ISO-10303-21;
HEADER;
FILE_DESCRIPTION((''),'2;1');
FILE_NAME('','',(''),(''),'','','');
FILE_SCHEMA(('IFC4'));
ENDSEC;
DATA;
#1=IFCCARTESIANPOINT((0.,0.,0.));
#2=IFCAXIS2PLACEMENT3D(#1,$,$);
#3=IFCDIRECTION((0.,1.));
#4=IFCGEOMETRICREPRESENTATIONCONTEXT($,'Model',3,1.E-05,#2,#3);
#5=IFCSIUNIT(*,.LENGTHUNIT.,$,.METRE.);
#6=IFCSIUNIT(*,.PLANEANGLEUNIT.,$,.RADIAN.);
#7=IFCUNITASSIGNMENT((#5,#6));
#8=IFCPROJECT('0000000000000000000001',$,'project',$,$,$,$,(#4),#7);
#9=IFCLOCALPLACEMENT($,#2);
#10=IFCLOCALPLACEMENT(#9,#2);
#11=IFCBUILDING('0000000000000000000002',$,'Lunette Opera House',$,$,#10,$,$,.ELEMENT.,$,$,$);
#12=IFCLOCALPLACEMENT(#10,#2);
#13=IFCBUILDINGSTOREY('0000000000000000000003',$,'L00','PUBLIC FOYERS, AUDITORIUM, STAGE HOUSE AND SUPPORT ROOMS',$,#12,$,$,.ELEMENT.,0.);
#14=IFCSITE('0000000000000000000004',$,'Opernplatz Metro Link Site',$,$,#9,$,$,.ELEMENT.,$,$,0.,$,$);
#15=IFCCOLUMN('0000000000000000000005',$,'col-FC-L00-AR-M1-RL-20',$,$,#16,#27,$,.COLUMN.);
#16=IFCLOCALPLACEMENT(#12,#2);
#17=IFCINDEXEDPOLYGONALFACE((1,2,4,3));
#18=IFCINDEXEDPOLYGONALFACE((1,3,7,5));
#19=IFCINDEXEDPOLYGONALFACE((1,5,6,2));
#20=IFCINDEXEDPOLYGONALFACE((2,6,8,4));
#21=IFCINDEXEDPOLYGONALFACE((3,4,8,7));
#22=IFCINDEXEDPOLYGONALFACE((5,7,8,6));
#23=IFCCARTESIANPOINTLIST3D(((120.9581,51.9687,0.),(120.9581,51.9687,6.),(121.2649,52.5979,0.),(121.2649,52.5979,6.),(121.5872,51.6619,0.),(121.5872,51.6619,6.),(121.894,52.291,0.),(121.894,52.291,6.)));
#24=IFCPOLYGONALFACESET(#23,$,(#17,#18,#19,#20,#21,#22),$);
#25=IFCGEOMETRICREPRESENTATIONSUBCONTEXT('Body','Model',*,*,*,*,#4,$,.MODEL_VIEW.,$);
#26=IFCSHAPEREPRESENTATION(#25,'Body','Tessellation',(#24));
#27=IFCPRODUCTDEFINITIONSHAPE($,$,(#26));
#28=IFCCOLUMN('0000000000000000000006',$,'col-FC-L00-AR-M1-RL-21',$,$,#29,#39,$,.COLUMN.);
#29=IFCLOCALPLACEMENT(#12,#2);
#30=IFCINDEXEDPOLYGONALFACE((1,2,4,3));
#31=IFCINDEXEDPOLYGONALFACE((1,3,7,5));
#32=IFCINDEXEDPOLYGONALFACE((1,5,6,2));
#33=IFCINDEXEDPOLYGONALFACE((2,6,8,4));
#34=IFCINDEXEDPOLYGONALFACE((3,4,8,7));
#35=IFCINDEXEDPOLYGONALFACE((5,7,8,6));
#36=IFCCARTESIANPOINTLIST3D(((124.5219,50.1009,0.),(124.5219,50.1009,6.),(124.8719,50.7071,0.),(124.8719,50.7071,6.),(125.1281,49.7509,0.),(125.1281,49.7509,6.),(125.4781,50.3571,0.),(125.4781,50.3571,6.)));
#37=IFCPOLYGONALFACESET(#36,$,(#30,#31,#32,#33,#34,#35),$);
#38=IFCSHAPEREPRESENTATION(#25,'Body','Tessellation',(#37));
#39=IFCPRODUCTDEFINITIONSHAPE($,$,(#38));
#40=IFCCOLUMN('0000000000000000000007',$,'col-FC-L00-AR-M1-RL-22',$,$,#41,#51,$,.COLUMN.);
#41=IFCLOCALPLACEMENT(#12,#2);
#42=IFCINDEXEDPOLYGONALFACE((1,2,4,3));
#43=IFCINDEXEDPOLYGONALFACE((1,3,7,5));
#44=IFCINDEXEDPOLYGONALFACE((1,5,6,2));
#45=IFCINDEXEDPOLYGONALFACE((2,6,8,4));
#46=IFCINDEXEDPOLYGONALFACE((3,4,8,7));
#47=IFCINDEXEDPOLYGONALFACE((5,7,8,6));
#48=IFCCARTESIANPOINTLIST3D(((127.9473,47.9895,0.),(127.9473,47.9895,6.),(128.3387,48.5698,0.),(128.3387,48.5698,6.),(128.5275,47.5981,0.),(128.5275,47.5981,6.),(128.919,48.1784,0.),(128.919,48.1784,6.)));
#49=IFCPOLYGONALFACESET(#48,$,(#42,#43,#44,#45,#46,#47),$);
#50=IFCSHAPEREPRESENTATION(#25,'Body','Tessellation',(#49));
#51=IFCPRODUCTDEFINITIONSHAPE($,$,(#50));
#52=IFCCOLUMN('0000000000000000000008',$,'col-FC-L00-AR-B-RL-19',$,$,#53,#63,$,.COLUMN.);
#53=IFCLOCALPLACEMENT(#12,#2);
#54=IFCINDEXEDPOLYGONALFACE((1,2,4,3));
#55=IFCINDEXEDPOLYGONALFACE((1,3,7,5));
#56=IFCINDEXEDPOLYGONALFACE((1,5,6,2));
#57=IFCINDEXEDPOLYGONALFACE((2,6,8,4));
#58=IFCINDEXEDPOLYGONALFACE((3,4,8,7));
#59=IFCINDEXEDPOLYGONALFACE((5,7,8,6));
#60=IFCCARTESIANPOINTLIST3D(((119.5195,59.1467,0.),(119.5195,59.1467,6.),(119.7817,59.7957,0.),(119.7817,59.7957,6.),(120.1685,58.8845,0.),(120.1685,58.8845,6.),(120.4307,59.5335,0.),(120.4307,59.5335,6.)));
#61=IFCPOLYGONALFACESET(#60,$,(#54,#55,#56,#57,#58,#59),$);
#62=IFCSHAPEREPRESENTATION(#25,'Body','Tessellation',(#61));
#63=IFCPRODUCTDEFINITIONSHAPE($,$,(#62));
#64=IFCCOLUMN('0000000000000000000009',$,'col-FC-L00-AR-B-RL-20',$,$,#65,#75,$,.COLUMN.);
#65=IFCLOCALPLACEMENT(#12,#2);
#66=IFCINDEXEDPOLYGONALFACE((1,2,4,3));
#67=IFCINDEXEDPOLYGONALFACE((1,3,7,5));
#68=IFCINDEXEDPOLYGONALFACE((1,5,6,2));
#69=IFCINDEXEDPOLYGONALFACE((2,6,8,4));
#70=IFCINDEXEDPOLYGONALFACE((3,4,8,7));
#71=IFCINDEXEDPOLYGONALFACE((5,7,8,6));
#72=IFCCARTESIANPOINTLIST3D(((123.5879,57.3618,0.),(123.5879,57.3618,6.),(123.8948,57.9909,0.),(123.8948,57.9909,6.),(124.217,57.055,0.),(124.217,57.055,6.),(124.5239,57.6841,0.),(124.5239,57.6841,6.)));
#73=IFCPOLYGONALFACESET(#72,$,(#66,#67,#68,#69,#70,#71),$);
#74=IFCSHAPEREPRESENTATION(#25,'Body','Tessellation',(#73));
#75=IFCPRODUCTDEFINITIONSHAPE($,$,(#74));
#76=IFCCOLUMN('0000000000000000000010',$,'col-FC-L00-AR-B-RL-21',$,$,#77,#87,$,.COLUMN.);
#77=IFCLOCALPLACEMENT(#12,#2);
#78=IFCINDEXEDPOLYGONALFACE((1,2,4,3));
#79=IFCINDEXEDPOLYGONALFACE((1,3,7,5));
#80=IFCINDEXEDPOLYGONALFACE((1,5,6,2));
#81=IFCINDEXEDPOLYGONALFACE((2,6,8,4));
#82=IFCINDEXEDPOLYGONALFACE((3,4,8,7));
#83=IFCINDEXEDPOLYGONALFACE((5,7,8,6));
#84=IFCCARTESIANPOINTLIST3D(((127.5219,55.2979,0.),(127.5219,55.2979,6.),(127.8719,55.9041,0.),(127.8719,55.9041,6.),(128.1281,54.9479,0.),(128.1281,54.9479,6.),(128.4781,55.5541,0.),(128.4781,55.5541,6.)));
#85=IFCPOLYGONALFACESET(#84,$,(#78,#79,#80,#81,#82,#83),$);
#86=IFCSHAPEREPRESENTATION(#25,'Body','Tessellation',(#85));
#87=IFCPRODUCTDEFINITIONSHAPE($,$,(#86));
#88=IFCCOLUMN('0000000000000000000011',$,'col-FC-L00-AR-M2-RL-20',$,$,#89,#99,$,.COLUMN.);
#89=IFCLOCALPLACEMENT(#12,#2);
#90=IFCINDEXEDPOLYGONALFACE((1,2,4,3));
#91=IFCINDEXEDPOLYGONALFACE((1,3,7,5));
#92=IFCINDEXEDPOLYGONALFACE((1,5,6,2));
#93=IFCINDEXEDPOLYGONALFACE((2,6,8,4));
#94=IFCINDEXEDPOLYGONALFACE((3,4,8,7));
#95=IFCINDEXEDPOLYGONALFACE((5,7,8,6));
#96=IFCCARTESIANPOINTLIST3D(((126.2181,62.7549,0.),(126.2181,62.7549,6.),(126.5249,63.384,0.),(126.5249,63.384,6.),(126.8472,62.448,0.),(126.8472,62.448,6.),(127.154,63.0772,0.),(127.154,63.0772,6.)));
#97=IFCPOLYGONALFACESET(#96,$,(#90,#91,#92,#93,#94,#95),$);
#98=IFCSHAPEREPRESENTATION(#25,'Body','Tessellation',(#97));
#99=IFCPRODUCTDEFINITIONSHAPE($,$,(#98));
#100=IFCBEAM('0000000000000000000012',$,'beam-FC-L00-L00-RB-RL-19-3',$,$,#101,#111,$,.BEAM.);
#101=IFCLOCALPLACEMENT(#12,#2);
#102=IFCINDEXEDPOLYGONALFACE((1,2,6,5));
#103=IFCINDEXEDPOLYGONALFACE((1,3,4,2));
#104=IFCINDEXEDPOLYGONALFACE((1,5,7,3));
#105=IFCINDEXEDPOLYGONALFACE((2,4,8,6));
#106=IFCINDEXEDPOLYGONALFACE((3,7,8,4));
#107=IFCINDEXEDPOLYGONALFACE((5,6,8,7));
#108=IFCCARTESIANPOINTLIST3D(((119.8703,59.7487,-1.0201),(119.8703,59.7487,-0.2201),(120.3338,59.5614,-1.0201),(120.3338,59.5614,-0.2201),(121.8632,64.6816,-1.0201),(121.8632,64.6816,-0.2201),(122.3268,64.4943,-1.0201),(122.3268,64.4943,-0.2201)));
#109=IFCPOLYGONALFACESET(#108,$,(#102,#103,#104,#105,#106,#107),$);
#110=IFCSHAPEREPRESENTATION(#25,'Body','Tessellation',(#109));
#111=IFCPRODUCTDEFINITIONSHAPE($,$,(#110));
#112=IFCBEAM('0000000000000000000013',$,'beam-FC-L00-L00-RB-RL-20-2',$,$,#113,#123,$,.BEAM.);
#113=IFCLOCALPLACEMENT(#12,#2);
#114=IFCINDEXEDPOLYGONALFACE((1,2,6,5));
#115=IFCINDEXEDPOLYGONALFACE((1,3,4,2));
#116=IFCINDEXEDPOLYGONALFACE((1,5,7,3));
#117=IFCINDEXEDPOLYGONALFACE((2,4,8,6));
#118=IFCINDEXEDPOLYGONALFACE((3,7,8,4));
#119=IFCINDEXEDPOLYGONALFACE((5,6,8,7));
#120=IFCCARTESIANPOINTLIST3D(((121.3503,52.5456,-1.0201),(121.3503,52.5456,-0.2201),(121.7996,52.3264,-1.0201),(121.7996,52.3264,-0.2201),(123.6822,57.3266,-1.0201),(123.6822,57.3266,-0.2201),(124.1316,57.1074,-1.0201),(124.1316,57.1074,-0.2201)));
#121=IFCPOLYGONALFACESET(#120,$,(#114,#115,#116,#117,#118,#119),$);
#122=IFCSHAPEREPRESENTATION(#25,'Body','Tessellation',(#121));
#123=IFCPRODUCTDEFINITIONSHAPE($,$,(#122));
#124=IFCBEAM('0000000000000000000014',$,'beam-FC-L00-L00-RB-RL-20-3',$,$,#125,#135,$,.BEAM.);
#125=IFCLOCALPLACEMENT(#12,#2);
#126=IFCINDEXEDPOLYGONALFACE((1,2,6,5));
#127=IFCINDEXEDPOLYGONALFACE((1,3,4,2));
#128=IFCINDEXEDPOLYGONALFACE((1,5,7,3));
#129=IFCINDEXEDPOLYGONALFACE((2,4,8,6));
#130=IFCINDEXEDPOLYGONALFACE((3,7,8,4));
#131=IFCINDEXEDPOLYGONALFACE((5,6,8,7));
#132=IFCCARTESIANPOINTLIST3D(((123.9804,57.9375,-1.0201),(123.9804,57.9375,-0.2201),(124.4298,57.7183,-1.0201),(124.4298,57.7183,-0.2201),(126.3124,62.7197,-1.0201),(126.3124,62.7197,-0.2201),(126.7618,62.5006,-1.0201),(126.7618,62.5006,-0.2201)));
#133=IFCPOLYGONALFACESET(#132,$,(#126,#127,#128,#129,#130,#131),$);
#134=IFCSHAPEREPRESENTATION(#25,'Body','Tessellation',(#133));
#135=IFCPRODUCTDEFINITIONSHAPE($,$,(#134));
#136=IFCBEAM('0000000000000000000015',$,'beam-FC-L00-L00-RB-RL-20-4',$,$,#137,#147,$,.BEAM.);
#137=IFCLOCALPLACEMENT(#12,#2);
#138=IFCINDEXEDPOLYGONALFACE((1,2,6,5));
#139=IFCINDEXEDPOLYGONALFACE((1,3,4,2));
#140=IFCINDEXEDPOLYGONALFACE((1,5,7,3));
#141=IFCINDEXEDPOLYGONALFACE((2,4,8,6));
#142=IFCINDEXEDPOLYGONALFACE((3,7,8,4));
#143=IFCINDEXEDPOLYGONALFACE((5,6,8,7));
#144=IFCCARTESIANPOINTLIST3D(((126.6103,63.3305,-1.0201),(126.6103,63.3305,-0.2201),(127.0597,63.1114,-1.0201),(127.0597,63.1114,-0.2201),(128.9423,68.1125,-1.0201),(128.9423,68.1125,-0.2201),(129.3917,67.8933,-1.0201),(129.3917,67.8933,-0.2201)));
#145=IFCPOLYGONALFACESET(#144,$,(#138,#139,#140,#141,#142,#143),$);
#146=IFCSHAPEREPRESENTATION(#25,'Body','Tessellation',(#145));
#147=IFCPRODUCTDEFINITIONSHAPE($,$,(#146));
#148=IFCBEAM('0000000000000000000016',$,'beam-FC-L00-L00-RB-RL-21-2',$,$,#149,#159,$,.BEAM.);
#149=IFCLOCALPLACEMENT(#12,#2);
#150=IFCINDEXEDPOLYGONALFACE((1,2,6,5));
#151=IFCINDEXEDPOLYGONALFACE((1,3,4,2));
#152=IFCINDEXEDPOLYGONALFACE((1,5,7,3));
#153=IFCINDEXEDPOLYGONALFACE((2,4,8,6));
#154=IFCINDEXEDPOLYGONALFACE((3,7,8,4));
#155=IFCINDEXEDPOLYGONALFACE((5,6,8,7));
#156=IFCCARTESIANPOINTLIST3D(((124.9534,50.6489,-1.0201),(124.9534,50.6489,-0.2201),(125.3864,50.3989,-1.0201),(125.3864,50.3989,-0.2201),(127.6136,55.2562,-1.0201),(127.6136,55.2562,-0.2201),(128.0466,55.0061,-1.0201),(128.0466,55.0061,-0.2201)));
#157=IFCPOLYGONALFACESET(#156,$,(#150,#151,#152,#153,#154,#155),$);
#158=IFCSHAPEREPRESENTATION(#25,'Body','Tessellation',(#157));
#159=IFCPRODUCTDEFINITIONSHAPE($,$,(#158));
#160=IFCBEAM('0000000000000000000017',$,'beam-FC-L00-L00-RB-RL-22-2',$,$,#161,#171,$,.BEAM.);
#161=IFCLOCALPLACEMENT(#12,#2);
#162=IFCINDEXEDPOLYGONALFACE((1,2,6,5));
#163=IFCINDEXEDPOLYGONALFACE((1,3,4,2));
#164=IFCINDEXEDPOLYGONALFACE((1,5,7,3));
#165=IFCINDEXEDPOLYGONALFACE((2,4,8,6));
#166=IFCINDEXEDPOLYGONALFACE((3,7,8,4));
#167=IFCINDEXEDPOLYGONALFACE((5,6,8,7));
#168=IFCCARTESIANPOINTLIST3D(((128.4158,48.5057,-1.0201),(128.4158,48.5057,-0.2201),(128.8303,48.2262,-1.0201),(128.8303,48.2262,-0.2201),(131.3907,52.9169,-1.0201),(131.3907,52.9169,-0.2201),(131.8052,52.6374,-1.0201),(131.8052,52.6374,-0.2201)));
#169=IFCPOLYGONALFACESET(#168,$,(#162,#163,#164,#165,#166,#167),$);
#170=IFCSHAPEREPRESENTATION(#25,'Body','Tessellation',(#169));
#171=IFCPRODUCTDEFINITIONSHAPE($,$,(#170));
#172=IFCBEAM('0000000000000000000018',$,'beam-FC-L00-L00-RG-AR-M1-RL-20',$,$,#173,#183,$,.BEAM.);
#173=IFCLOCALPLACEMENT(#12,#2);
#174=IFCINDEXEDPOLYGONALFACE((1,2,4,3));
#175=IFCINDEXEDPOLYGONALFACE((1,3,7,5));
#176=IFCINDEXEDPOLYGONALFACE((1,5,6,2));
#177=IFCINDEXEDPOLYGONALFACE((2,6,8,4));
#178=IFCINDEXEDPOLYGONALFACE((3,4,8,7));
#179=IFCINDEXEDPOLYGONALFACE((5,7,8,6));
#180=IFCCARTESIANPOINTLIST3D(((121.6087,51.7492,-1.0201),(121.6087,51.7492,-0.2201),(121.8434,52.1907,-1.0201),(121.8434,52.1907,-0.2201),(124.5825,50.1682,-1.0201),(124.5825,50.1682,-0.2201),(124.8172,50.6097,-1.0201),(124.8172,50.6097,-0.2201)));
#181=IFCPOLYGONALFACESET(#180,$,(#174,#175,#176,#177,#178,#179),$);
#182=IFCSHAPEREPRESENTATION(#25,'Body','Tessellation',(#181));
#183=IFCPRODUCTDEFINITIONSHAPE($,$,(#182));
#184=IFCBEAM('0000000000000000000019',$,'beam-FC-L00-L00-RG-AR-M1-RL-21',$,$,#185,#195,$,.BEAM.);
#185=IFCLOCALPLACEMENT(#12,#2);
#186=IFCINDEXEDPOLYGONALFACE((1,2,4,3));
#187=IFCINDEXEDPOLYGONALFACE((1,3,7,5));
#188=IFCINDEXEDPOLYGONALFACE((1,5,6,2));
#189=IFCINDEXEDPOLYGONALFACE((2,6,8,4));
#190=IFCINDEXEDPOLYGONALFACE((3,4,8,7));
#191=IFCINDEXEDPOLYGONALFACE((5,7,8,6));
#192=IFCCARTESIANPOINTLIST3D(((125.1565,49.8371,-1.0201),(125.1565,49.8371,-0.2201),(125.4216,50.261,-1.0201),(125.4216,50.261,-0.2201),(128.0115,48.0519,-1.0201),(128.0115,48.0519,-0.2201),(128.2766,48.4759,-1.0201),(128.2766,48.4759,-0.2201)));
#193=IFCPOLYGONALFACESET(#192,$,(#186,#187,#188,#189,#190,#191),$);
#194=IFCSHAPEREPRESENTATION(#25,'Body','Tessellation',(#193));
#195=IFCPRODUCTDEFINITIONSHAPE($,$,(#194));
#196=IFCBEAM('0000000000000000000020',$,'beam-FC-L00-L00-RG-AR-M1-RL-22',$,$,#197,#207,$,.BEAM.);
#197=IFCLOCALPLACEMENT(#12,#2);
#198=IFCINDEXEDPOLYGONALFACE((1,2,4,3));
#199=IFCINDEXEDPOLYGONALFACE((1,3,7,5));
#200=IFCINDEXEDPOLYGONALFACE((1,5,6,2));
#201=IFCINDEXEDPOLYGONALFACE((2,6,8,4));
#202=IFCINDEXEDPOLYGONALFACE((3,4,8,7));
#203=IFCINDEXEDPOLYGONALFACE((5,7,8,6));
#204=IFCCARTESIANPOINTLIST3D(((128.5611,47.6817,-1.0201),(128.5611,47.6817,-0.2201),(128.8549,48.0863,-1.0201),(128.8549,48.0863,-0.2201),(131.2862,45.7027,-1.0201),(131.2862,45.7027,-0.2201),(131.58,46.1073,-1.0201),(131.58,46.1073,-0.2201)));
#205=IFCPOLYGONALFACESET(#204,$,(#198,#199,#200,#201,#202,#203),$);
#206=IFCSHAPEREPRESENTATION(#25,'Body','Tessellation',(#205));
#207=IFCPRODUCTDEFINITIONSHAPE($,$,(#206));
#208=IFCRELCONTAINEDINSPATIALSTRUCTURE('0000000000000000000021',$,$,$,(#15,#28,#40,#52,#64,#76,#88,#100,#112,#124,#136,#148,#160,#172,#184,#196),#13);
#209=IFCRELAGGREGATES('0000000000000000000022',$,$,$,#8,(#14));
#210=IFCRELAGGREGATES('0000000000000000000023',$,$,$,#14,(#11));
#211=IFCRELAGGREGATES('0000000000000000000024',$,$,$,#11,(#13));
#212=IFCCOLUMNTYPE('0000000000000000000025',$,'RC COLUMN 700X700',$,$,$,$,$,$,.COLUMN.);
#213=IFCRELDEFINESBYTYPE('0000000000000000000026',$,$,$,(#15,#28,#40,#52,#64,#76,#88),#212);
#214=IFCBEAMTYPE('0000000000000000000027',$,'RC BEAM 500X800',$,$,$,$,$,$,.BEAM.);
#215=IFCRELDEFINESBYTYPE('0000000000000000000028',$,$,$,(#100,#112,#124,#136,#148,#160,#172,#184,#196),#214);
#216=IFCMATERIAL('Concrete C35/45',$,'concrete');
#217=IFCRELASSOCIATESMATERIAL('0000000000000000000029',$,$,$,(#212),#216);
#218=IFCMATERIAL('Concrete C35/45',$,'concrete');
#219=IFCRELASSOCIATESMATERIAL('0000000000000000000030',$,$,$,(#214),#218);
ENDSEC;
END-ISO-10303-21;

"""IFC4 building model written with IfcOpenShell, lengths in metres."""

from ifc_helpers import new_model, si_unit, direction, frame, origin, origin_2d, place, context, subcontext, project, spatial, rectangle, extrude, material, material_profile, profile_set, type_object, element, save


model = new_model("IFC4")

# Units and contexts
model_context = context("Model", 3, precision=1e-05, world=origin(), true_north=direction((0.0, 1.0)))
body_context = subcontext(model_context, "Body", "Model", "MODEL_VIEW")
ifc_project = project(units=[si_unit("LENGTHUNIT", "METRE"), si_unit("PLANEANGLEUNIT", "RADIAN")], contexts=[model_context])

# Site, building, storey
site_placement = place(None, origin())
site = spatial("IfcSite", under=ifc_project, at=site_placement, Name="Opernplatz Metro Link Site", CompositionType="ELEMENT", RefElevation=0.0)
building_placement = place(site_placement, origin())
building = spatial("IfcBuilding", under=site, at=building_placement, Name="Lunette Opera House", CompositionType="ELEMENT")
storey_placement = place(building_placement, origin())
storey = spatial("IfcBuildingStorey", under=building, at=storey_placement, Name="L00", Description="PUBLIC FOYERS, AUDITORIUM, STAGE HOUSE AND SUPPORT ROOMS", CompositionType="ELEMENT", Elevation=0.0)

# Columns
ifc_material_1 = material(Name="Concrete C35/45", Category="concrete")
ifc_material_profile_1 = material_profile(ifc_material_1, rectangle(XDim=0.7, YDim=0.7, at=origin_2d()), Name="RC COLUMN 700X700")
ifc_profile_set_1 = profile_set([ifc_material_profile_1], Name="Concrete C35/45")
column_type = type_object("IfcColumnType", Name="RC COLUMN 700X700", PredefinedType="COLUMN", material=ifc_profile_set_1)
for number, where, z_axis, x_axis, name in (
    (1, (121.426, 52.1299, 0.0), (0.0, 0.0, 1.0), (0.898794, -0.438371, 0.0), "col-FC-L00-AR-M1-RL-20"),
    (2, (125.0, 50.229, 0.0), (0.0, 0.0, 1.0), (0.866025, -0.5, 0.0), "col-FC-L00-AR-M1-RL-21"),
    (3, (128.4331, 48.084, 0.0), (0.0, 0.0, 1.0), (0.829038, -0.559193, 0.0), "col-FC-L00-AR-M1-RL-22"),
    (4, (119.9751, 59.3401, 0.0), (0.0, 0.0, 1.0), (0.927184, -0.374607, 0.0), "col-FC-L00-AR-B-RL-19"),
    (5, (124.0559, 57.5229, 0.0), (0.0, 0.0, 1.0), (0.898794, -0.438371, 0.0), "col-FC-L00-AR-B-RL-20"),
    (6, (128.0, 55.426, 0.0), (0.0, 0.0, 1.0), (0.866025, -0.5, 0.0), "col-FC-L00-AR-B-RL-21"),
    (7, (126.686, 62.916, 0.0), (0.0, 0.0, 1.0), (0.898794, -0.438371, 0.0), "col-FC-L00-AR-M2-RL-20"),
):
    element("IfcColumn", number, at=place(storey_placement, frame(where, z_axis=z_axis, x_axis=x_axis)), inside=storey, type_object=column_type, Name=name, PredefinedType="COLUMN", context=body_context, shape_type="SweptSolid", body=[
        extrude(rectangle(XDim=0.7, YDim=0.7, at=origin_2d()), origin(), (0.0, 0.0, 1.0), 6.0),
    ])

# Beams
ifc_material_2 = material(Name="Concrete C35/45", Category="concrete")
ifc_material_profile_2 = material_profile(ifc_material_2, rectangle(XDim=0.5, YDim=0.8, at=origin_2d()), Name="RC BEAM 500X800")
ifc_profile_set_2 = profile_set([ifc_material_profile_2], Name="Concrete C35/45")
beam_type = type_object("IfcBeamType", Name="RC BEAM 500X800", PredefinedType="BEAM", material=ifc_profile_set_2)
beam_1_placement = place(storey_placement, frame((120.1021, 59.655, -0.6201), z_axis=(0.374593, 0.927189, 0.0), x_axis=(-0.927189, 0.374593, 0.0)))
element("IfcBeam", 8, at=beam_1_placement, inside=storey, type_object=beam_type, Name="beam-FC-L00-L00-RB-RL-19-3", PredefinedType="BEAM", context=body_context, shape_type="SweptSolid", body=[
    extrude(rectangle(XDim=0.5, YDim=0.8, at=origin_2d()), origin(), (0.0, 0.0, 1.0), 5.3203),
])
beam_2_placement = place(storey_placement, frame((121.575, 52.436, -0.6201), z_axis=(0.438398, 0.898781, 0.0), x_axis=(-0.898781, 0.438398, 0.0)))
element("IfcBeam", 9, at=beam_2_placement, inside=storey, type_object=beam_type, Name="beam-FC-L00-L00-RB-RL-20-2", PredefinedType="BEAM", context=body_context, shape_type="SweptSolid", body=[
    extrude(rectangle(XDim=0.5, YDim=0.8, at=origin_2d()), origin(), (0.0, 0.0, 1.0), 5.3193),
])
beam_3_placement = place(storey_placement, frame((124.2051, 57.8279, -0.6201), z_axis=(0.438308, 0.898825, 0.0), x_axis=(-0.898825, 0.438308, 0.0)))
element("IfcBeam", 10, at=beam_3_placement, inside=storey, type_object=beam_type, Name="beam-FC-L00-L00-RB-RL-20-3", PredefinedType="BEAM", context=body_context, shape_type="SweptSolid", body=[
    extrude(rectangle(XDim=0.5, YDim=0.8, at=origin_2d()), origin(), (0.0, 0.0, 1.0), 5.3206),
])
beam_4_placement = place(storey_placement, frame((126.835, 63.2209, -0.6201), z_axis=(0.438326, 0.898816, 0.0), x_axis=(-0.898816, 0.438326, 0.0)))
element("IfcBeam", 11, at=beam_4_placement, inside=storey, type_object=beam_type, Name="beam-FC-L00-L00-RB-RL-20-4", PredefinedType="BEAM", context=body_context, shape_type="SweptSolid", body=[
    extrude(rectangle(XDim=0.5, YDim=0.8, at=origin_2d()), origin(), (0.0, 0.0, 1.0), 5.3203),
])
beam_5_placement = place(storey_placement, frame((125.1699, 50.5239, -0.6201), z_axis=(0.500028, 0.866009, 0.0), x_axis=(-0.866009, 0.500028, 0.0)))
element("IfcBeam", 12, at=beam_5_placement, inside=storey, type_object=beam_type, Name="beam-FC-L00-L00-RB-RL-21-2", PredefinedType="BEAM", context=body_context, shape_type="SweptSolid", body=[
    extrude(rectangle(XDim=0.5, YDim=0.8, at=origin_2d()), origin(), (0.0, 0.0, 1.0), 5.3201),
])
beam_6_placement = place(storey_placement, frame((128.623, 48.366, -0.6201), z_axis=(0.559129, 0.829081, 0.0), x_axis=(-0.829081, 0.559129, 0.0)))
element("IfcBeam", 13, at=beam_6_placement, inside=storey, type_object=beam_type, Name="beam-FC-L00-L00-RB-RL-22-2", PredefinedType="BEAM", context=body_context, shape_type="SweptSolid", body=[
    extrude(rectangle(XDim=0.5, YDim=0.8, at=origin_2d()), origin(), (0.0, 0.0, 1.0), 5.3206),
])
beam_7_placement = place(storey_placement, frame((121.7261, 51.97, -0.6201), z_axis=(0.88297, -0.469429, 0.0), x_axis=(0.469429, 0.88297, 0.0)))
element("IfcBeam", 14, at=beam_7_placement, inside=storey, type_object=beam_type, Name="beam-FC-L00-L00-RG-AR-M1-RL-20", PredefinedType="BEAM", context=body_context, shape_type="SweptSolid", body=[
    extrude(rectangle(XDim=0.5, YDim=0.8, at=origin_2d()), origin(), (0.0, 0.0, 1.0), 3.3679),
])
beam_8_placement = place(storey_placement, frame((125.2891, 50.0491, -0.6201), z_axis=(0.847892, -0.530168, 0.0), x_axis=(0.530168, 0.847892, 0.0)))
element("IfcBeam", 15, at=beam_8_placement, inside=storey, type_object=beam_type, Name="beam-FC-L00-L00-RG-AR-M1-RL-21", PredefinedType="BEAM", context=body_context, shape_type="SweptSolid", body=[
    extrude(rectangle(XDim=0.5, YDim=0.8, at=origin_2d()), origin(), (0.0, 0.0, 1.0), 3.3672),
])
beam_9_placement = place(storey_placement, frame((128.708, 47.884, -0.6201), z_axis=(0.809143, -0.587611, 0.0), x_axis=(0.587611, 0.809143, 0.0)))
element("IfcBeam", 16, at=beam_9_placement, inside=storey, type_object=beam_type, Name="beam-FC-L00-L00-RG-AR-M1-RL-22", PredefinedType="BEAM", context=body_context, shape_type="SweptSolid", body=[
    extrude(rectangle(XDim=0.5, YDim=0.8, at=origin_2d()), origin(), (0.0, 0.0, 1.0), 3.3679),
])

save(model, "model.ifc")
